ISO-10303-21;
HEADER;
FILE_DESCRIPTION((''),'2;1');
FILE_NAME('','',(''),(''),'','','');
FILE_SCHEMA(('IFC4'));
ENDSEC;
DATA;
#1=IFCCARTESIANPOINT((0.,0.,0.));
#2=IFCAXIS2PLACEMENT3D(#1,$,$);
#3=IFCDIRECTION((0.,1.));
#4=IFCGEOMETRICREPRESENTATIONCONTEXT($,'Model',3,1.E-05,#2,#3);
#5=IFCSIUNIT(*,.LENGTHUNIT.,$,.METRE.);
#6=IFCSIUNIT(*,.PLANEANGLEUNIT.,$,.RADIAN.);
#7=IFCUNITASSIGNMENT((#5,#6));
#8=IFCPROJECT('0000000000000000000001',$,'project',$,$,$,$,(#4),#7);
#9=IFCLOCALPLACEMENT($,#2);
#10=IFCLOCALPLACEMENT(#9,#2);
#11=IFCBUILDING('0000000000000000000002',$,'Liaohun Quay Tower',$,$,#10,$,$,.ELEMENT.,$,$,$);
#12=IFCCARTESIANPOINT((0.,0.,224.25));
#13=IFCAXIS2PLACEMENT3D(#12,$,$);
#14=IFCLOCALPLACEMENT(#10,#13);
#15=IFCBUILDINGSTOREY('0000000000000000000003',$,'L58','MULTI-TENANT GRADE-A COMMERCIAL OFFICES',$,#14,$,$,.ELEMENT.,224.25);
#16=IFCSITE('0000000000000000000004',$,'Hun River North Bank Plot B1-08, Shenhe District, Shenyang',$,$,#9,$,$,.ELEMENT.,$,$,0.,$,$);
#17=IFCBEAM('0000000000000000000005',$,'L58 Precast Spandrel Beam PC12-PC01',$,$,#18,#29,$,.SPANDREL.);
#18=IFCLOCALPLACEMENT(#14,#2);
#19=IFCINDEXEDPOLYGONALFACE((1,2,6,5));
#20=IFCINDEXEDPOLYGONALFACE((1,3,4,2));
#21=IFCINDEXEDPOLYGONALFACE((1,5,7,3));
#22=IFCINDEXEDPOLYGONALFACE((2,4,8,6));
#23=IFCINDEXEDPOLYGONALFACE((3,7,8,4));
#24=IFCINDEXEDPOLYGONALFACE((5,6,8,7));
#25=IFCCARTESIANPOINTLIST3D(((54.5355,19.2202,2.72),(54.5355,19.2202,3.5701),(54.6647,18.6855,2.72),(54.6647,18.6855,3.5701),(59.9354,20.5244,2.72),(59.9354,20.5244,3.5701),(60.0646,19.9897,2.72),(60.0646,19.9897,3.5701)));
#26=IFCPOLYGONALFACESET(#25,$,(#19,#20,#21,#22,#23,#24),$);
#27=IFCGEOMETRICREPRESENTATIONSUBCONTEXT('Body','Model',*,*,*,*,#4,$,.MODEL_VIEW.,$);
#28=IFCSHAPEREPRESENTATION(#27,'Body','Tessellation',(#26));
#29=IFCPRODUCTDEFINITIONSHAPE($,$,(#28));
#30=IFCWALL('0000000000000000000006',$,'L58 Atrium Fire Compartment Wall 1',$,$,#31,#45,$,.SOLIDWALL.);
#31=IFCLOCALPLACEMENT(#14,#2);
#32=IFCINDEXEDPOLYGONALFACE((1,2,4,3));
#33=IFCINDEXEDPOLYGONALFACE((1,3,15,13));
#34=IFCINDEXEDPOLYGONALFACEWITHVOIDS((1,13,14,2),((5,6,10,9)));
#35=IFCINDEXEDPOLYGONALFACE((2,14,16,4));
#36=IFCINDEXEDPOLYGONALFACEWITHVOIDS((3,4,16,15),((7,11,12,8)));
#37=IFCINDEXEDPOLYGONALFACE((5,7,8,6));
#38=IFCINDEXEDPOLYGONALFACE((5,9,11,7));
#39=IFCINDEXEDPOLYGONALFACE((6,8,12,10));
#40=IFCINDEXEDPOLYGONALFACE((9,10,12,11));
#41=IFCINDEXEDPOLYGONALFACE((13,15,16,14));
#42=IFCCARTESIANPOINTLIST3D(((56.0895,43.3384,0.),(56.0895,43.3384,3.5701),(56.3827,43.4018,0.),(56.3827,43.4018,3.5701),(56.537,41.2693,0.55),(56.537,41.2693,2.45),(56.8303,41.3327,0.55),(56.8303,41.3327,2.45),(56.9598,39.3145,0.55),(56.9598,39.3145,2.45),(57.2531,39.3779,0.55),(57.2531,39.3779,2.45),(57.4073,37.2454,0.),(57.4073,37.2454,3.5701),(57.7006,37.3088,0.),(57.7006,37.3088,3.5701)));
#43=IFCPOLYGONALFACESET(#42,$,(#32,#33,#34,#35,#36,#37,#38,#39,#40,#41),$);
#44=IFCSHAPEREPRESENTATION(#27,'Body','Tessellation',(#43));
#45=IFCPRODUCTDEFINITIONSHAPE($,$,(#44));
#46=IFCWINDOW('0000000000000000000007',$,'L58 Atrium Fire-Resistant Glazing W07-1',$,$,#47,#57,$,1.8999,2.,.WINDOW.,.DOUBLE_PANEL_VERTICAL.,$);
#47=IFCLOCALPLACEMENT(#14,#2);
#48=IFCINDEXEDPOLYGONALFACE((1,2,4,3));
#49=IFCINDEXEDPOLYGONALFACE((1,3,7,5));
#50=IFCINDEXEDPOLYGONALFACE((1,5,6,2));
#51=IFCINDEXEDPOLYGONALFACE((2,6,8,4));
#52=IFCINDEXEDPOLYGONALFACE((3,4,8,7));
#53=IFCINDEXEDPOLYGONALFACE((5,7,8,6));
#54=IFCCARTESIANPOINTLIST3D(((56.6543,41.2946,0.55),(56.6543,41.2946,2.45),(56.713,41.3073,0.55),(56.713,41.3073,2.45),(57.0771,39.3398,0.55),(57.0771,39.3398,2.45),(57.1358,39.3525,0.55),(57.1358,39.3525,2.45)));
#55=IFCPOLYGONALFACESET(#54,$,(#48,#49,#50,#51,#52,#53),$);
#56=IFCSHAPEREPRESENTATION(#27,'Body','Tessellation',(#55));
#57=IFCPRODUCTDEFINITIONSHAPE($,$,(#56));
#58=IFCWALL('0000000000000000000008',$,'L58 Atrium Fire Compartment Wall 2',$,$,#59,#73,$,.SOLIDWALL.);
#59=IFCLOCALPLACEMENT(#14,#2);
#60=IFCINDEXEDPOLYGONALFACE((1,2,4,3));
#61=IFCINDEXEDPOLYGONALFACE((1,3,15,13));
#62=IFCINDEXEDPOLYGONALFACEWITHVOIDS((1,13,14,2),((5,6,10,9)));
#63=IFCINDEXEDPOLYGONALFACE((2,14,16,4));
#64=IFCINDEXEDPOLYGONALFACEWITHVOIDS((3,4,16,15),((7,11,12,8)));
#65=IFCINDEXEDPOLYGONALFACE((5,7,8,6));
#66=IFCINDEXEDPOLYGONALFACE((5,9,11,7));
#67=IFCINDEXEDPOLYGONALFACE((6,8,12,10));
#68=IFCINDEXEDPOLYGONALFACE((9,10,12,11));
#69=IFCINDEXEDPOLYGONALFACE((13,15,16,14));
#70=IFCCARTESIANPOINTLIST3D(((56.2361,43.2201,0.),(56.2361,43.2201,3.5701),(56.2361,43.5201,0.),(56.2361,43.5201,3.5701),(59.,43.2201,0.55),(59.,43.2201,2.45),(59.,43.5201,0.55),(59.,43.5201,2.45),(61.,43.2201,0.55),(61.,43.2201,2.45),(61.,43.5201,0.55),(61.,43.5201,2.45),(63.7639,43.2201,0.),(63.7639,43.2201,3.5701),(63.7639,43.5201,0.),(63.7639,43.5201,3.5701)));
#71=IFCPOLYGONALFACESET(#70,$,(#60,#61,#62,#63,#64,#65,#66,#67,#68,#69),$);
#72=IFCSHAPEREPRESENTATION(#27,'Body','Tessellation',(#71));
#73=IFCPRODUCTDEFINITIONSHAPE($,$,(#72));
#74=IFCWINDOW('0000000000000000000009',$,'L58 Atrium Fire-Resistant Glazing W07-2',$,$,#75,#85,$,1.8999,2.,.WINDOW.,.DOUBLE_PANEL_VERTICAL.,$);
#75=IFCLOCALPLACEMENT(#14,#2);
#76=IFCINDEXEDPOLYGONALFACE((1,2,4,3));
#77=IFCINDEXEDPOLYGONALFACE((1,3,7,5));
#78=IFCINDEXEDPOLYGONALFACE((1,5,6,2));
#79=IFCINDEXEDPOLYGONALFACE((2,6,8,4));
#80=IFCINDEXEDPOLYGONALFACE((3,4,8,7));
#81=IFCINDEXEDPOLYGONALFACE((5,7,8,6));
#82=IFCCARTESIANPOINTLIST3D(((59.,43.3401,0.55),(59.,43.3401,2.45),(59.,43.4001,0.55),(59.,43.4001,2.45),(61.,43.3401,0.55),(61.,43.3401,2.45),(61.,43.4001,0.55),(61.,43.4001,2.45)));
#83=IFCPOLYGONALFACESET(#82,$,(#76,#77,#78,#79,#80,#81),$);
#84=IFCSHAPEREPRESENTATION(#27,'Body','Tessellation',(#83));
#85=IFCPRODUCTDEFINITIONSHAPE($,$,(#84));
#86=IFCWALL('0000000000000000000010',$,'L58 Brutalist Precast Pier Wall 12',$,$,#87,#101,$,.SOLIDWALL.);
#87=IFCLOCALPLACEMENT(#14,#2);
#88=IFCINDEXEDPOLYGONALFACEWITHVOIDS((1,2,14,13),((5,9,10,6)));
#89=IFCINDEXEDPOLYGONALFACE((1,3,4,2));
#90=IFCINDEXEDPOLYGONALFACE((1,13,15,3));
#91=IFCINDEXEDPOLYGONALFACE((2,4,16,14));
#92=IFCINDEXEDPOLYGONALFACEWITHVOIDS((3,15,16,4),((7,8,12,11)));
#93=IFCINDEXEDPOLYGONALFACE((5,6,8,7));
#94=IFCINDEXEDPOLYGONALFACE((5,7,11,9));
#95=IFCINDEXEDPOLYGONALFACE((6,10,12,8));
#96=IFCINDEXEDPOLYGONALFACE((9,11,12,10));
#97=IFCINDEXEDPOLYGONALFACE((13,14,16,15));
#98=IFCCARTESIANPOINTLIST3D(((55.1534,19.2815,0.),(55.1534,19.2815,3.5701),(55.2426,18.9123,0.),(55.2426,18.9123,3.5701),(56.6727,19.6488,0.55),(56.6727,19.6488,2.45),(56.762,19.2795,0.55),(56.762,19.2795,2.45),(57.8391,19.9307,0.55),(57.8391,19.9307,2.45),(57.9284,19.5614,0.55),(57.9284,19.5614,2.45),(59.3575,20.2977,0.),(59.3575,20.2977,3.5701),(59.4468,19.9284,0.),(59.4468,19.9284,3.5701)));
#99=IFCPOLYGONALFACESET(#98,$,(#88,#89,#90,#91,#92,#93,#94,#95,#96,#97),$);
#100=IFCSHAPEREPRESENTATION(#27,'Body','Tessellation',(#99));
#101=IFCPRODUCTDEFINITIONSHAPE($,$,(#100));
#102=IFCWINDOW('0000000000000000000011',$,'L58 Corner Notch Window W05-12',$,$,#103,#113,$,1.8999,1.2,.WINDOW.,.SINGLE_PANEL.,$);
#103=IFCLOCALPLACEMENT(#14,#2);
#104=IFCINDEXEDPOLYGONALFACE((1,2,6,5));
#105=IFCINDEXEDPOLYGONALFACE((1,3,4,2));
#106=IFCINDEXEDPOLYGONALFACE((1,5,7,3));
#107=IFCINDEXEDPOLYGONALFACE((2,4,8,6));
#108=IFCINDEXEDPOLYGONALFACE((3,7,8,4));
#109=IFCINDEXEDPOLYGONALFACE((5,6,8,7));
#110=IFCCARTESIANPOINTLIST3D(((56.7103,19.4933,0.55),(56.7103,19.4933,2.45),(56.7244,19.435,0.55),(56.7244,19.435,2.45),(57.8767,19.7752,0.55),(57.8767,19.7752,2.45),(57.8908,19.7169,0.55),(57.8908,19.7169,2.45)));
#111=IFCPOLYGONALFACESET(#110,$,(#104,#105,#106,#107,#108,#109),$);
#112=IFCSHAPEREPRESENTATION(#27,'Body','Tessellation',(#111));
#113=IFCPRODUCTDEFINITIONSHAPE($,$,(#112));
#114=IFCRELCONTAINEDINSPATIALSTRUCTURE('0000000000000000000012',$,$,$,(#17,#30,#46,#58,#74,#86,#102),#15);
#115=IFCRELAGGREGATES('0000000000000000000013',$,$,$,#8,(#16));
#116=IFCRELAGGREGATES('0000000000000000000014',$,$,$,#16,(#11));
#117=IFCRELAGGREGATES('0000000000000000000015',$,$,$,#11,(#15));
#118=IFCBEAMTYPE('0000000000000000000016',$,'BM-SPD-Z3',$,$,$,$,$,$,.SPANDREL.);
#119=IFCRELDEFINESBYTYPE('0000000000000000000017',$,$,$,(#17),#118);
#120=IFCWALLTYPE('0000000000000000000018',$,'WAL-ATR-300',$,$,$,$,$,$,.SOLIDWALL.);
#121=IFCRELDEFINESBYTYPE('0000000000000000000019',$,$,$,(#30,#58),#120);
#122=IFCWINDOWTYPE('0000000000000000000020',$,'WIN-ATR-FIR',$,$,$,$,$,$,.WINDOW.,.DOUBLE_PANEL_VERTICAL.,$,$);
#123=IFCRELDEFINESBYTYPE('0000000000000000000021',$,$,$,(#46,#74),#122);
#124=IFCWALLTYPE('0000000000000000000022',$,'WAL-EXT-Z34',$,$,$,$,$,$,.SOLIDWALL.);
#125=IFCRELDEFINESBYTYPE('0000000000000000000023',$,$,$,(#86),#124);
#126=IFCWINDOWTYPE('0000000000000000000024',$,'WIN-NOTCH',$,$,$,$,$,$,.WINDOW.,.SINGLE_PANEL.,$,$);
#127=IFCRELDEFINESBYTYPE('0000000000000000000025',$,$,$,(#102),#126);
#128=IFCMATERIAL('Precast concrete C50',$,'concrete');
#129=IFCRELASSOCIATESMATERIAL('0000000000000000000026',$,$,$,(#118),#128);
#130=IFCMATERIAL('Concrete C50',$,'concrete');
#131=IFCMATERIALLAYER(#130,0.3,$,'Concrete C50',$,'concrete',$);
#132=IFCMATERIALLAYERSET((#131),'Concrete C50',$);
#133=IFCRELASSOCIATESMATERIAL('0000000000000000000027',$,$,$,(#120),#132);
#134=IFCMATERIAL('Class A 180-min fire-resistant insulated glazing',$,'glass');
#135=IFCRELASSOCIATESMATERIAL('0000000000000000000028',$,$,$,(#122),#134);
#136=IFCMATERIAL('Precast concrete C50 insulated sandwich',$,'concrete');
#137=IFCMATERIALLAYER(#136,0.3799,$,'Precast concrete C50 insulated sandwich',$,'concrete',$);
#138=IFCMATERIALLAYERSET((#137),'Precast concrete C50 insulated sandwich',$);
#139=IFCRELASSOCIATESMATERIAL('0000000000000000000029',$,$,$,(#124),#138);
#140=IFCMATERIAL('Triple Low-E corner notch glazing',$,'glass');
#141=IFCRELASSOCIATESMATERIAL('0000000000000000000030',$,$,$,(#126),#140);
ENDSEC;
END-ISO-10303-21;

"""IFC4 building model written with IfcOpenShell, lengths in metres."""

from ifc_helpers import new_model, si_unit, direction, frame, frame_2d, origin, origin_2d, place, context, subcontext, project, spatial, rectangle, extrude, source, transform, mapped, material, layer, layer_set, material_profile, profile_set, type_object, element, fill, save


model = new_model("IFC4")

# Units and contexts
model_context = context("Model", 3, precision=1e-05, world=origin(), true_north=direction((0.0, 1.0)))
body_context = subcontext(model_context, "Body", "Model", "MODEL_VIEW")
ifc_project = project(units=[si_unit("LENGTHUNIT", "METRE"), si_unit("PLANEANGLEUNIT", "RADIAN")], contexts=[model_context])

# Site, building, storey
site_placement = place(None, origin())
site = spatial("IfcSite", under=ifc_project, at=site_placement, Name="Hun River North Bank Plot B1-08, Shenhe District, Shenyang", CompositionType="ELEMENT", RefElevation=0.0)
building_placement = place(site_placement, origin())
building = spatial("IfcBuilding", under=site, at=building_placement, Name="Liaohun Quay Tower", CompositionType="ELEMENT")
storey_placement = place(building_placement, frame((0.0, 0.0, 224.25)))
storey = spatial("IfcBuildingStorey", under=building, at=storey_placement, Name="L58", Description="MULTI-TENANT GRADE-A COMMERCIAL OFFICES", CompositionType="ELEMENT", Elevation=224.25)

# Beam
ifc_material_1 = material(Name="Precast concrete C50", Category="concrete")
ifc_material_profile_1 = material_profile(ifc_material_1, rectangle(XDim=0.55, YDim=0.8501, at=origin_2d()), Name="RC550x850")
ifc_profile_set_1 = profile_set([ifc_material_profile_1], Name="Precast concrete C50")
beam_type_1 = type_object("IfcBeamType", Name="BM-SPD-Z3", PredefinedType="SPANDREL", material=ifc_profile_set_1)
shared_shape_1 = source(origin(), body_context, "Body", "SweptSolid", [
    extrude(rectangle(XDim=0.55, YDim=0.8501, at=origin_2d()), origin(), (0.0, 0.0, 1.0), 5.5552),
])
beam_1_placement = place(storey_placement, frame((60.0, 20.2571, 3.145), z_axis=(-0.97205, -0.234772, 0.0), x_axis=(0.234772, -0.97205, 0.0)))
element("IfcBeam", 1, at=beam_1_placement, inside=storey, type_object=beam_type_1, Name="L58 Precast Spandrel Beam PC12-PC01", PredefinedType="SPANDREL", context=body_context, shape_type="MappedRepresentation", body=[
    mapped(shared_shape_1, transform((0.0, 0.0, 0.0), x_axis=(1.0, 0.0, 0.0), y_axis=(0.0, 1.0, 0.0), z_axis=(0.0, 0.0, 1.0), scale=1.0)),
])

# Walls, openings, windows
ifc_material_2 = material(Name="Concrete C50", Category="concrete")
ifc_layer_1 = layer(ifc_material_2, 0.3, Name="Concrete C50", Category="concrete")
ifc_layer_set_1 = layer_set([ifc_layer_1], Name="Concrete C50")
wall_type_1 = type_object("IfcWallType", Name="WAL-ATR-300", PredefinedType="SOLIDWALL", material=ifc_layer_set_1)
wall_1_placement = place(storey_placement, frame((57.554, 37.2771, 0.0), z_axis=(0.0, 0.0, 1.0), x_axis=(-0.211404, 0.977399, 0.0)))
wall_1 = element("IfcWall", 2, at=wall_1_placement, inside=storey, type_object=wall_type_1, Name="L58 Atrium Fire Compartment Wall 1", PredefinedType="SOLIDWALL", context=body_context, shape_type="SweptSolid", body=[
    extrude(rectangle(XDim=6.2339, YDim=0.3, at=frame_2d((3.1169, 0.0))), origin(), (0.0, 0.0, 1.0), 3.5701),
])
shared_shape_2 = source(origin(), body_context, "Body", "SweptSolid", [
    extrude(rectangle(XDim=2.0, YDim=1.8999, at=frame_2d((1.0, 0.95))), frame((0.0, 0.1599, 0.0), z_axis=(0.0, -1.0, 0.0), x_axis=(1.0, 0.0, 0.0)), (0.0, 0.0, 1.0), 0.3201),
])
opening_1_placement = place(wall_1_placement, frame((2.1169, 0.0, 0.55)))
opening_1 = element("IfcOpeningElement", 3, at=opening_1_placement, cuts=wall_1, PredefinedType="OPENING", context=body_context, shape_type="MappedRepresentation", body=[
    mapped(shared_shape_2, transform((0.0, 0.0, 0.0), x_axis=(1.0, 0.0, 0.0), y_axis=(0.0, 1.0, 0.0), z_axis=(0.0, 0.0, 1.0), scale=1.0)),
])
ifc_material_3 = material(Name="Class A 180-min fire-resistant insulated glazing", Category="glass")
window_type_1 = type_object("IfcWindowType", Name="WIN-ATR-FIR", PartitioningType="DOUBLE_PANEL_VERTICAL", PredefinedType="WINDOW", material=ifc_material_3)
shared_shape_3 = source(origin(), body_context, "Body", "SweptSolid", [
    extrude(rectangle(XDim=2.0, YDim=1.8999, at=frame_2d((1.0, 0.95))), frame((0.0, 0.03, 0.0), z_axis=(0.0, -1.0, 0.0), x_axis=(1.0, 0.0, 0.0)), (0.0, 0.0, 1.0), 0.0601),
])
window_1_placement = place(opening_1_placement, origin())
window_1 = element("IfcWindow", 4, at=window_1_placement, inside=storey, type_object=window_type_1, Name="L58 Atrium Fire-Resistant Glazing W07-1", OverallHeight=1.8999, OverallWidth=2.0, PartitioningType="DOUBLE_PANEL_VERTICAL", PredefinedType="WINDOW", context=body_context, shape_type="MappedRepresentation", body=[
    mapped(shared_shape_3, transform((0.0, 0.0, 0.0), x_axis=(1.0, 0.0, 0.0), y_axis=(0.0, 1.0, 0.0), z_axis=(0.0, 0.0, 1.0), scale=1.0)),
])
fill(opening_1, window_1)
wall_2_placement = place(storey_placement, frame((56.2361, 43.3701, 0.0), z_axis=(0.0, 0.0, 1.0), x_axis=(1.0, 0.0, 0.0)))
wall_2 = element("IfcWall", 5, at=wall_2_placement, inside=storey, type_object=wall_type_1, Name="L58 Atrium Fire Compartment Wall 2", PredefinedType="SOLIDWALL", context=body_context, shape_type="SweptSolid", body=[
    extrude(rectangle(XDim=7.5278, YDim=0.3, at=frame_2d((3.7639, 0.0))), origin(), (0.0, 0.0, 1.0), 3.5701),
])
opening_2_placement = place(wall_2_placement, frame((2.7639, 0.0, 0.55)))
opening_2 = element("IfcOpeningElement", 6, at=opening_2_placement, cuts=wall_2, PredefinedType="OPENING", context=body_context, shape_type="MappedRepresentation", body=[
    mapped(shared_shape_2, transform((0.0, 0.0, 0.0), x_axis=(1.0, 0.0, 0.0), y_axis=(0.0, 1.0, 0.0), z_axis=(0.0, 0.0, 1.0), scale=1.0)),
])
window_2_placement = place(opening_2_placement, origin())
window_2 = element("IfcWindow", 7, at=window_2_placement, inside=storey, type_object=window_type_1, Name="L58 Atrium Fire-Resistant Glazing W07-2", OverallHeight=1.8999, OverallWidth=2.0, PartitioningType="DOUBLE_PANEL_VERTICAL", PredefinedType="WINDOW", context=body_context, shape_type="MappedRepresentation", body=[
    mapped(shared_shape_3, transform((0.0, 0.0, 0.0), x_axis=(1.0, 0.0, 0.0), y_axis=(0.0, 1.0, 0.0), z_axis=(0.0, 0.0, 1.0), scale=1.0)),
])
fill(opening_2, window_2)
ifc_material_4 = material(Name="Precast concrete C50 insulated sandwich", Category="concrete")
ifc_layer_2 = layer(ifc_material_4, 0.3799, Name="Precast concrete C50 insulated sandwich", Category="concrete")
ifc_layer_set_2 = layer_set([ifc_layer_2], Name="Precast concrete C50 insulated sandwich")
wall_type_2 = type_object("IfcWallType", Name="WAL-EXT-Z34", PredefinedType="SOLIDWALL", material=ifc_layer_set_2)
wall_3_placement = place(storey_placement, frame((55.198, 19.0969, 0.0), z_axis=(0.0, 0.0, 1.0), x_axis=(0.972012, 0.234931, 0.0)))
wall_3 = element("IfcWall", 8, at=wall_3_placement, inside=storey, type_object=wall_type_2, Name="L58 Brutalist Precast Pier Wall 12", PredefinedType="SOLIDWALL", context=body_context, shape_type="SweptSolid", body=[
    extrude(rectangle(XDim=4.3252, YDim=0.3799, at=frame_2d((2.1626, 0.0))), origin(), (0.0, 0.0, 1.0), 3.5701),
])
shared_shape_4 = source(origin(), body_context, "Body", "SweptSolid", [
    extrude(rectangle(XDim=1.2, YDim=1.8999, at=frame_2d((0.6001, 0.95))), frame((0.0, 0.2, 0.0), z_axis=(0.0, -1.0, 0.0), x_axis=(1.0, 0.0, 0.0)), (0.0, 0.0, 1.0), 0.3999),
])
opening_3_placement = place(wall_3_placement, frame((1.563, 0.0, 0.55)))
opening_3 = element("IfcOpeningElement", 9, at=opening_3_placement, cuts=wall_3, PredefinedType="OPENING", context=body_context, shape_type="MappedRepresentation", body=[
    mapped(shared_shape_4, transform((0.0, 0.0, 0.0), x_axis=(1.0, 0.0, 0.0), y_axis=(0.0, 1.0, 0.0), z_axis=(0.0, 0.0, 1.0), scale=1.0)),
])
ifc_material_5 = material(Name="Triple Low-E corner notch glazing", Category="glass")
window_type_2 = type_object("IfcWindowType", Name="WIN-NOTCH", PartitioningType="SINGLE_PANEL", PredefinedType="WINDOW", material=ifc_material_5)
shared_shape_5 = source(origin(), body_context, "Body", "SweptSolid", [
    extrude(rectangle(XDim=1.2, YDim=1.8999, at=frame_2d((0.6001, 0.95))), frame((0.0, 0.03, 0.0), z_axis=(0.0, -1.0, 0.0), x_axis=(1.0, 0.0, 0.0)), (0.0, 0.0, 1.0), 0.0601),
])
window_3_placement = place(opening_3_placement, origin())
window_3 = element("IfcWindow", 10, at=window_3_placement, inside=storey, type_object=window_type_2, Name="L58 Corner Notch Window W05-12", OverallHeight=1.8999, OverallWidth=1.2, PartitioningType="SINGLE_PANEL", PredefinedType="WINDOW", context=body_context, shape_type="MappedRepresentation", body=[
    mapped(shared_shape_5, transform((0.0, 0.0, 0.0), x_axis=(1.0, 0.0, 0.0), y_axis=(0.0, 1.0, 0.0), z_axis=(0.0, 0.0, 1.0), scale=1.0)),
])
fill(opening_3, window_3)

save(model, "model.ifc")
